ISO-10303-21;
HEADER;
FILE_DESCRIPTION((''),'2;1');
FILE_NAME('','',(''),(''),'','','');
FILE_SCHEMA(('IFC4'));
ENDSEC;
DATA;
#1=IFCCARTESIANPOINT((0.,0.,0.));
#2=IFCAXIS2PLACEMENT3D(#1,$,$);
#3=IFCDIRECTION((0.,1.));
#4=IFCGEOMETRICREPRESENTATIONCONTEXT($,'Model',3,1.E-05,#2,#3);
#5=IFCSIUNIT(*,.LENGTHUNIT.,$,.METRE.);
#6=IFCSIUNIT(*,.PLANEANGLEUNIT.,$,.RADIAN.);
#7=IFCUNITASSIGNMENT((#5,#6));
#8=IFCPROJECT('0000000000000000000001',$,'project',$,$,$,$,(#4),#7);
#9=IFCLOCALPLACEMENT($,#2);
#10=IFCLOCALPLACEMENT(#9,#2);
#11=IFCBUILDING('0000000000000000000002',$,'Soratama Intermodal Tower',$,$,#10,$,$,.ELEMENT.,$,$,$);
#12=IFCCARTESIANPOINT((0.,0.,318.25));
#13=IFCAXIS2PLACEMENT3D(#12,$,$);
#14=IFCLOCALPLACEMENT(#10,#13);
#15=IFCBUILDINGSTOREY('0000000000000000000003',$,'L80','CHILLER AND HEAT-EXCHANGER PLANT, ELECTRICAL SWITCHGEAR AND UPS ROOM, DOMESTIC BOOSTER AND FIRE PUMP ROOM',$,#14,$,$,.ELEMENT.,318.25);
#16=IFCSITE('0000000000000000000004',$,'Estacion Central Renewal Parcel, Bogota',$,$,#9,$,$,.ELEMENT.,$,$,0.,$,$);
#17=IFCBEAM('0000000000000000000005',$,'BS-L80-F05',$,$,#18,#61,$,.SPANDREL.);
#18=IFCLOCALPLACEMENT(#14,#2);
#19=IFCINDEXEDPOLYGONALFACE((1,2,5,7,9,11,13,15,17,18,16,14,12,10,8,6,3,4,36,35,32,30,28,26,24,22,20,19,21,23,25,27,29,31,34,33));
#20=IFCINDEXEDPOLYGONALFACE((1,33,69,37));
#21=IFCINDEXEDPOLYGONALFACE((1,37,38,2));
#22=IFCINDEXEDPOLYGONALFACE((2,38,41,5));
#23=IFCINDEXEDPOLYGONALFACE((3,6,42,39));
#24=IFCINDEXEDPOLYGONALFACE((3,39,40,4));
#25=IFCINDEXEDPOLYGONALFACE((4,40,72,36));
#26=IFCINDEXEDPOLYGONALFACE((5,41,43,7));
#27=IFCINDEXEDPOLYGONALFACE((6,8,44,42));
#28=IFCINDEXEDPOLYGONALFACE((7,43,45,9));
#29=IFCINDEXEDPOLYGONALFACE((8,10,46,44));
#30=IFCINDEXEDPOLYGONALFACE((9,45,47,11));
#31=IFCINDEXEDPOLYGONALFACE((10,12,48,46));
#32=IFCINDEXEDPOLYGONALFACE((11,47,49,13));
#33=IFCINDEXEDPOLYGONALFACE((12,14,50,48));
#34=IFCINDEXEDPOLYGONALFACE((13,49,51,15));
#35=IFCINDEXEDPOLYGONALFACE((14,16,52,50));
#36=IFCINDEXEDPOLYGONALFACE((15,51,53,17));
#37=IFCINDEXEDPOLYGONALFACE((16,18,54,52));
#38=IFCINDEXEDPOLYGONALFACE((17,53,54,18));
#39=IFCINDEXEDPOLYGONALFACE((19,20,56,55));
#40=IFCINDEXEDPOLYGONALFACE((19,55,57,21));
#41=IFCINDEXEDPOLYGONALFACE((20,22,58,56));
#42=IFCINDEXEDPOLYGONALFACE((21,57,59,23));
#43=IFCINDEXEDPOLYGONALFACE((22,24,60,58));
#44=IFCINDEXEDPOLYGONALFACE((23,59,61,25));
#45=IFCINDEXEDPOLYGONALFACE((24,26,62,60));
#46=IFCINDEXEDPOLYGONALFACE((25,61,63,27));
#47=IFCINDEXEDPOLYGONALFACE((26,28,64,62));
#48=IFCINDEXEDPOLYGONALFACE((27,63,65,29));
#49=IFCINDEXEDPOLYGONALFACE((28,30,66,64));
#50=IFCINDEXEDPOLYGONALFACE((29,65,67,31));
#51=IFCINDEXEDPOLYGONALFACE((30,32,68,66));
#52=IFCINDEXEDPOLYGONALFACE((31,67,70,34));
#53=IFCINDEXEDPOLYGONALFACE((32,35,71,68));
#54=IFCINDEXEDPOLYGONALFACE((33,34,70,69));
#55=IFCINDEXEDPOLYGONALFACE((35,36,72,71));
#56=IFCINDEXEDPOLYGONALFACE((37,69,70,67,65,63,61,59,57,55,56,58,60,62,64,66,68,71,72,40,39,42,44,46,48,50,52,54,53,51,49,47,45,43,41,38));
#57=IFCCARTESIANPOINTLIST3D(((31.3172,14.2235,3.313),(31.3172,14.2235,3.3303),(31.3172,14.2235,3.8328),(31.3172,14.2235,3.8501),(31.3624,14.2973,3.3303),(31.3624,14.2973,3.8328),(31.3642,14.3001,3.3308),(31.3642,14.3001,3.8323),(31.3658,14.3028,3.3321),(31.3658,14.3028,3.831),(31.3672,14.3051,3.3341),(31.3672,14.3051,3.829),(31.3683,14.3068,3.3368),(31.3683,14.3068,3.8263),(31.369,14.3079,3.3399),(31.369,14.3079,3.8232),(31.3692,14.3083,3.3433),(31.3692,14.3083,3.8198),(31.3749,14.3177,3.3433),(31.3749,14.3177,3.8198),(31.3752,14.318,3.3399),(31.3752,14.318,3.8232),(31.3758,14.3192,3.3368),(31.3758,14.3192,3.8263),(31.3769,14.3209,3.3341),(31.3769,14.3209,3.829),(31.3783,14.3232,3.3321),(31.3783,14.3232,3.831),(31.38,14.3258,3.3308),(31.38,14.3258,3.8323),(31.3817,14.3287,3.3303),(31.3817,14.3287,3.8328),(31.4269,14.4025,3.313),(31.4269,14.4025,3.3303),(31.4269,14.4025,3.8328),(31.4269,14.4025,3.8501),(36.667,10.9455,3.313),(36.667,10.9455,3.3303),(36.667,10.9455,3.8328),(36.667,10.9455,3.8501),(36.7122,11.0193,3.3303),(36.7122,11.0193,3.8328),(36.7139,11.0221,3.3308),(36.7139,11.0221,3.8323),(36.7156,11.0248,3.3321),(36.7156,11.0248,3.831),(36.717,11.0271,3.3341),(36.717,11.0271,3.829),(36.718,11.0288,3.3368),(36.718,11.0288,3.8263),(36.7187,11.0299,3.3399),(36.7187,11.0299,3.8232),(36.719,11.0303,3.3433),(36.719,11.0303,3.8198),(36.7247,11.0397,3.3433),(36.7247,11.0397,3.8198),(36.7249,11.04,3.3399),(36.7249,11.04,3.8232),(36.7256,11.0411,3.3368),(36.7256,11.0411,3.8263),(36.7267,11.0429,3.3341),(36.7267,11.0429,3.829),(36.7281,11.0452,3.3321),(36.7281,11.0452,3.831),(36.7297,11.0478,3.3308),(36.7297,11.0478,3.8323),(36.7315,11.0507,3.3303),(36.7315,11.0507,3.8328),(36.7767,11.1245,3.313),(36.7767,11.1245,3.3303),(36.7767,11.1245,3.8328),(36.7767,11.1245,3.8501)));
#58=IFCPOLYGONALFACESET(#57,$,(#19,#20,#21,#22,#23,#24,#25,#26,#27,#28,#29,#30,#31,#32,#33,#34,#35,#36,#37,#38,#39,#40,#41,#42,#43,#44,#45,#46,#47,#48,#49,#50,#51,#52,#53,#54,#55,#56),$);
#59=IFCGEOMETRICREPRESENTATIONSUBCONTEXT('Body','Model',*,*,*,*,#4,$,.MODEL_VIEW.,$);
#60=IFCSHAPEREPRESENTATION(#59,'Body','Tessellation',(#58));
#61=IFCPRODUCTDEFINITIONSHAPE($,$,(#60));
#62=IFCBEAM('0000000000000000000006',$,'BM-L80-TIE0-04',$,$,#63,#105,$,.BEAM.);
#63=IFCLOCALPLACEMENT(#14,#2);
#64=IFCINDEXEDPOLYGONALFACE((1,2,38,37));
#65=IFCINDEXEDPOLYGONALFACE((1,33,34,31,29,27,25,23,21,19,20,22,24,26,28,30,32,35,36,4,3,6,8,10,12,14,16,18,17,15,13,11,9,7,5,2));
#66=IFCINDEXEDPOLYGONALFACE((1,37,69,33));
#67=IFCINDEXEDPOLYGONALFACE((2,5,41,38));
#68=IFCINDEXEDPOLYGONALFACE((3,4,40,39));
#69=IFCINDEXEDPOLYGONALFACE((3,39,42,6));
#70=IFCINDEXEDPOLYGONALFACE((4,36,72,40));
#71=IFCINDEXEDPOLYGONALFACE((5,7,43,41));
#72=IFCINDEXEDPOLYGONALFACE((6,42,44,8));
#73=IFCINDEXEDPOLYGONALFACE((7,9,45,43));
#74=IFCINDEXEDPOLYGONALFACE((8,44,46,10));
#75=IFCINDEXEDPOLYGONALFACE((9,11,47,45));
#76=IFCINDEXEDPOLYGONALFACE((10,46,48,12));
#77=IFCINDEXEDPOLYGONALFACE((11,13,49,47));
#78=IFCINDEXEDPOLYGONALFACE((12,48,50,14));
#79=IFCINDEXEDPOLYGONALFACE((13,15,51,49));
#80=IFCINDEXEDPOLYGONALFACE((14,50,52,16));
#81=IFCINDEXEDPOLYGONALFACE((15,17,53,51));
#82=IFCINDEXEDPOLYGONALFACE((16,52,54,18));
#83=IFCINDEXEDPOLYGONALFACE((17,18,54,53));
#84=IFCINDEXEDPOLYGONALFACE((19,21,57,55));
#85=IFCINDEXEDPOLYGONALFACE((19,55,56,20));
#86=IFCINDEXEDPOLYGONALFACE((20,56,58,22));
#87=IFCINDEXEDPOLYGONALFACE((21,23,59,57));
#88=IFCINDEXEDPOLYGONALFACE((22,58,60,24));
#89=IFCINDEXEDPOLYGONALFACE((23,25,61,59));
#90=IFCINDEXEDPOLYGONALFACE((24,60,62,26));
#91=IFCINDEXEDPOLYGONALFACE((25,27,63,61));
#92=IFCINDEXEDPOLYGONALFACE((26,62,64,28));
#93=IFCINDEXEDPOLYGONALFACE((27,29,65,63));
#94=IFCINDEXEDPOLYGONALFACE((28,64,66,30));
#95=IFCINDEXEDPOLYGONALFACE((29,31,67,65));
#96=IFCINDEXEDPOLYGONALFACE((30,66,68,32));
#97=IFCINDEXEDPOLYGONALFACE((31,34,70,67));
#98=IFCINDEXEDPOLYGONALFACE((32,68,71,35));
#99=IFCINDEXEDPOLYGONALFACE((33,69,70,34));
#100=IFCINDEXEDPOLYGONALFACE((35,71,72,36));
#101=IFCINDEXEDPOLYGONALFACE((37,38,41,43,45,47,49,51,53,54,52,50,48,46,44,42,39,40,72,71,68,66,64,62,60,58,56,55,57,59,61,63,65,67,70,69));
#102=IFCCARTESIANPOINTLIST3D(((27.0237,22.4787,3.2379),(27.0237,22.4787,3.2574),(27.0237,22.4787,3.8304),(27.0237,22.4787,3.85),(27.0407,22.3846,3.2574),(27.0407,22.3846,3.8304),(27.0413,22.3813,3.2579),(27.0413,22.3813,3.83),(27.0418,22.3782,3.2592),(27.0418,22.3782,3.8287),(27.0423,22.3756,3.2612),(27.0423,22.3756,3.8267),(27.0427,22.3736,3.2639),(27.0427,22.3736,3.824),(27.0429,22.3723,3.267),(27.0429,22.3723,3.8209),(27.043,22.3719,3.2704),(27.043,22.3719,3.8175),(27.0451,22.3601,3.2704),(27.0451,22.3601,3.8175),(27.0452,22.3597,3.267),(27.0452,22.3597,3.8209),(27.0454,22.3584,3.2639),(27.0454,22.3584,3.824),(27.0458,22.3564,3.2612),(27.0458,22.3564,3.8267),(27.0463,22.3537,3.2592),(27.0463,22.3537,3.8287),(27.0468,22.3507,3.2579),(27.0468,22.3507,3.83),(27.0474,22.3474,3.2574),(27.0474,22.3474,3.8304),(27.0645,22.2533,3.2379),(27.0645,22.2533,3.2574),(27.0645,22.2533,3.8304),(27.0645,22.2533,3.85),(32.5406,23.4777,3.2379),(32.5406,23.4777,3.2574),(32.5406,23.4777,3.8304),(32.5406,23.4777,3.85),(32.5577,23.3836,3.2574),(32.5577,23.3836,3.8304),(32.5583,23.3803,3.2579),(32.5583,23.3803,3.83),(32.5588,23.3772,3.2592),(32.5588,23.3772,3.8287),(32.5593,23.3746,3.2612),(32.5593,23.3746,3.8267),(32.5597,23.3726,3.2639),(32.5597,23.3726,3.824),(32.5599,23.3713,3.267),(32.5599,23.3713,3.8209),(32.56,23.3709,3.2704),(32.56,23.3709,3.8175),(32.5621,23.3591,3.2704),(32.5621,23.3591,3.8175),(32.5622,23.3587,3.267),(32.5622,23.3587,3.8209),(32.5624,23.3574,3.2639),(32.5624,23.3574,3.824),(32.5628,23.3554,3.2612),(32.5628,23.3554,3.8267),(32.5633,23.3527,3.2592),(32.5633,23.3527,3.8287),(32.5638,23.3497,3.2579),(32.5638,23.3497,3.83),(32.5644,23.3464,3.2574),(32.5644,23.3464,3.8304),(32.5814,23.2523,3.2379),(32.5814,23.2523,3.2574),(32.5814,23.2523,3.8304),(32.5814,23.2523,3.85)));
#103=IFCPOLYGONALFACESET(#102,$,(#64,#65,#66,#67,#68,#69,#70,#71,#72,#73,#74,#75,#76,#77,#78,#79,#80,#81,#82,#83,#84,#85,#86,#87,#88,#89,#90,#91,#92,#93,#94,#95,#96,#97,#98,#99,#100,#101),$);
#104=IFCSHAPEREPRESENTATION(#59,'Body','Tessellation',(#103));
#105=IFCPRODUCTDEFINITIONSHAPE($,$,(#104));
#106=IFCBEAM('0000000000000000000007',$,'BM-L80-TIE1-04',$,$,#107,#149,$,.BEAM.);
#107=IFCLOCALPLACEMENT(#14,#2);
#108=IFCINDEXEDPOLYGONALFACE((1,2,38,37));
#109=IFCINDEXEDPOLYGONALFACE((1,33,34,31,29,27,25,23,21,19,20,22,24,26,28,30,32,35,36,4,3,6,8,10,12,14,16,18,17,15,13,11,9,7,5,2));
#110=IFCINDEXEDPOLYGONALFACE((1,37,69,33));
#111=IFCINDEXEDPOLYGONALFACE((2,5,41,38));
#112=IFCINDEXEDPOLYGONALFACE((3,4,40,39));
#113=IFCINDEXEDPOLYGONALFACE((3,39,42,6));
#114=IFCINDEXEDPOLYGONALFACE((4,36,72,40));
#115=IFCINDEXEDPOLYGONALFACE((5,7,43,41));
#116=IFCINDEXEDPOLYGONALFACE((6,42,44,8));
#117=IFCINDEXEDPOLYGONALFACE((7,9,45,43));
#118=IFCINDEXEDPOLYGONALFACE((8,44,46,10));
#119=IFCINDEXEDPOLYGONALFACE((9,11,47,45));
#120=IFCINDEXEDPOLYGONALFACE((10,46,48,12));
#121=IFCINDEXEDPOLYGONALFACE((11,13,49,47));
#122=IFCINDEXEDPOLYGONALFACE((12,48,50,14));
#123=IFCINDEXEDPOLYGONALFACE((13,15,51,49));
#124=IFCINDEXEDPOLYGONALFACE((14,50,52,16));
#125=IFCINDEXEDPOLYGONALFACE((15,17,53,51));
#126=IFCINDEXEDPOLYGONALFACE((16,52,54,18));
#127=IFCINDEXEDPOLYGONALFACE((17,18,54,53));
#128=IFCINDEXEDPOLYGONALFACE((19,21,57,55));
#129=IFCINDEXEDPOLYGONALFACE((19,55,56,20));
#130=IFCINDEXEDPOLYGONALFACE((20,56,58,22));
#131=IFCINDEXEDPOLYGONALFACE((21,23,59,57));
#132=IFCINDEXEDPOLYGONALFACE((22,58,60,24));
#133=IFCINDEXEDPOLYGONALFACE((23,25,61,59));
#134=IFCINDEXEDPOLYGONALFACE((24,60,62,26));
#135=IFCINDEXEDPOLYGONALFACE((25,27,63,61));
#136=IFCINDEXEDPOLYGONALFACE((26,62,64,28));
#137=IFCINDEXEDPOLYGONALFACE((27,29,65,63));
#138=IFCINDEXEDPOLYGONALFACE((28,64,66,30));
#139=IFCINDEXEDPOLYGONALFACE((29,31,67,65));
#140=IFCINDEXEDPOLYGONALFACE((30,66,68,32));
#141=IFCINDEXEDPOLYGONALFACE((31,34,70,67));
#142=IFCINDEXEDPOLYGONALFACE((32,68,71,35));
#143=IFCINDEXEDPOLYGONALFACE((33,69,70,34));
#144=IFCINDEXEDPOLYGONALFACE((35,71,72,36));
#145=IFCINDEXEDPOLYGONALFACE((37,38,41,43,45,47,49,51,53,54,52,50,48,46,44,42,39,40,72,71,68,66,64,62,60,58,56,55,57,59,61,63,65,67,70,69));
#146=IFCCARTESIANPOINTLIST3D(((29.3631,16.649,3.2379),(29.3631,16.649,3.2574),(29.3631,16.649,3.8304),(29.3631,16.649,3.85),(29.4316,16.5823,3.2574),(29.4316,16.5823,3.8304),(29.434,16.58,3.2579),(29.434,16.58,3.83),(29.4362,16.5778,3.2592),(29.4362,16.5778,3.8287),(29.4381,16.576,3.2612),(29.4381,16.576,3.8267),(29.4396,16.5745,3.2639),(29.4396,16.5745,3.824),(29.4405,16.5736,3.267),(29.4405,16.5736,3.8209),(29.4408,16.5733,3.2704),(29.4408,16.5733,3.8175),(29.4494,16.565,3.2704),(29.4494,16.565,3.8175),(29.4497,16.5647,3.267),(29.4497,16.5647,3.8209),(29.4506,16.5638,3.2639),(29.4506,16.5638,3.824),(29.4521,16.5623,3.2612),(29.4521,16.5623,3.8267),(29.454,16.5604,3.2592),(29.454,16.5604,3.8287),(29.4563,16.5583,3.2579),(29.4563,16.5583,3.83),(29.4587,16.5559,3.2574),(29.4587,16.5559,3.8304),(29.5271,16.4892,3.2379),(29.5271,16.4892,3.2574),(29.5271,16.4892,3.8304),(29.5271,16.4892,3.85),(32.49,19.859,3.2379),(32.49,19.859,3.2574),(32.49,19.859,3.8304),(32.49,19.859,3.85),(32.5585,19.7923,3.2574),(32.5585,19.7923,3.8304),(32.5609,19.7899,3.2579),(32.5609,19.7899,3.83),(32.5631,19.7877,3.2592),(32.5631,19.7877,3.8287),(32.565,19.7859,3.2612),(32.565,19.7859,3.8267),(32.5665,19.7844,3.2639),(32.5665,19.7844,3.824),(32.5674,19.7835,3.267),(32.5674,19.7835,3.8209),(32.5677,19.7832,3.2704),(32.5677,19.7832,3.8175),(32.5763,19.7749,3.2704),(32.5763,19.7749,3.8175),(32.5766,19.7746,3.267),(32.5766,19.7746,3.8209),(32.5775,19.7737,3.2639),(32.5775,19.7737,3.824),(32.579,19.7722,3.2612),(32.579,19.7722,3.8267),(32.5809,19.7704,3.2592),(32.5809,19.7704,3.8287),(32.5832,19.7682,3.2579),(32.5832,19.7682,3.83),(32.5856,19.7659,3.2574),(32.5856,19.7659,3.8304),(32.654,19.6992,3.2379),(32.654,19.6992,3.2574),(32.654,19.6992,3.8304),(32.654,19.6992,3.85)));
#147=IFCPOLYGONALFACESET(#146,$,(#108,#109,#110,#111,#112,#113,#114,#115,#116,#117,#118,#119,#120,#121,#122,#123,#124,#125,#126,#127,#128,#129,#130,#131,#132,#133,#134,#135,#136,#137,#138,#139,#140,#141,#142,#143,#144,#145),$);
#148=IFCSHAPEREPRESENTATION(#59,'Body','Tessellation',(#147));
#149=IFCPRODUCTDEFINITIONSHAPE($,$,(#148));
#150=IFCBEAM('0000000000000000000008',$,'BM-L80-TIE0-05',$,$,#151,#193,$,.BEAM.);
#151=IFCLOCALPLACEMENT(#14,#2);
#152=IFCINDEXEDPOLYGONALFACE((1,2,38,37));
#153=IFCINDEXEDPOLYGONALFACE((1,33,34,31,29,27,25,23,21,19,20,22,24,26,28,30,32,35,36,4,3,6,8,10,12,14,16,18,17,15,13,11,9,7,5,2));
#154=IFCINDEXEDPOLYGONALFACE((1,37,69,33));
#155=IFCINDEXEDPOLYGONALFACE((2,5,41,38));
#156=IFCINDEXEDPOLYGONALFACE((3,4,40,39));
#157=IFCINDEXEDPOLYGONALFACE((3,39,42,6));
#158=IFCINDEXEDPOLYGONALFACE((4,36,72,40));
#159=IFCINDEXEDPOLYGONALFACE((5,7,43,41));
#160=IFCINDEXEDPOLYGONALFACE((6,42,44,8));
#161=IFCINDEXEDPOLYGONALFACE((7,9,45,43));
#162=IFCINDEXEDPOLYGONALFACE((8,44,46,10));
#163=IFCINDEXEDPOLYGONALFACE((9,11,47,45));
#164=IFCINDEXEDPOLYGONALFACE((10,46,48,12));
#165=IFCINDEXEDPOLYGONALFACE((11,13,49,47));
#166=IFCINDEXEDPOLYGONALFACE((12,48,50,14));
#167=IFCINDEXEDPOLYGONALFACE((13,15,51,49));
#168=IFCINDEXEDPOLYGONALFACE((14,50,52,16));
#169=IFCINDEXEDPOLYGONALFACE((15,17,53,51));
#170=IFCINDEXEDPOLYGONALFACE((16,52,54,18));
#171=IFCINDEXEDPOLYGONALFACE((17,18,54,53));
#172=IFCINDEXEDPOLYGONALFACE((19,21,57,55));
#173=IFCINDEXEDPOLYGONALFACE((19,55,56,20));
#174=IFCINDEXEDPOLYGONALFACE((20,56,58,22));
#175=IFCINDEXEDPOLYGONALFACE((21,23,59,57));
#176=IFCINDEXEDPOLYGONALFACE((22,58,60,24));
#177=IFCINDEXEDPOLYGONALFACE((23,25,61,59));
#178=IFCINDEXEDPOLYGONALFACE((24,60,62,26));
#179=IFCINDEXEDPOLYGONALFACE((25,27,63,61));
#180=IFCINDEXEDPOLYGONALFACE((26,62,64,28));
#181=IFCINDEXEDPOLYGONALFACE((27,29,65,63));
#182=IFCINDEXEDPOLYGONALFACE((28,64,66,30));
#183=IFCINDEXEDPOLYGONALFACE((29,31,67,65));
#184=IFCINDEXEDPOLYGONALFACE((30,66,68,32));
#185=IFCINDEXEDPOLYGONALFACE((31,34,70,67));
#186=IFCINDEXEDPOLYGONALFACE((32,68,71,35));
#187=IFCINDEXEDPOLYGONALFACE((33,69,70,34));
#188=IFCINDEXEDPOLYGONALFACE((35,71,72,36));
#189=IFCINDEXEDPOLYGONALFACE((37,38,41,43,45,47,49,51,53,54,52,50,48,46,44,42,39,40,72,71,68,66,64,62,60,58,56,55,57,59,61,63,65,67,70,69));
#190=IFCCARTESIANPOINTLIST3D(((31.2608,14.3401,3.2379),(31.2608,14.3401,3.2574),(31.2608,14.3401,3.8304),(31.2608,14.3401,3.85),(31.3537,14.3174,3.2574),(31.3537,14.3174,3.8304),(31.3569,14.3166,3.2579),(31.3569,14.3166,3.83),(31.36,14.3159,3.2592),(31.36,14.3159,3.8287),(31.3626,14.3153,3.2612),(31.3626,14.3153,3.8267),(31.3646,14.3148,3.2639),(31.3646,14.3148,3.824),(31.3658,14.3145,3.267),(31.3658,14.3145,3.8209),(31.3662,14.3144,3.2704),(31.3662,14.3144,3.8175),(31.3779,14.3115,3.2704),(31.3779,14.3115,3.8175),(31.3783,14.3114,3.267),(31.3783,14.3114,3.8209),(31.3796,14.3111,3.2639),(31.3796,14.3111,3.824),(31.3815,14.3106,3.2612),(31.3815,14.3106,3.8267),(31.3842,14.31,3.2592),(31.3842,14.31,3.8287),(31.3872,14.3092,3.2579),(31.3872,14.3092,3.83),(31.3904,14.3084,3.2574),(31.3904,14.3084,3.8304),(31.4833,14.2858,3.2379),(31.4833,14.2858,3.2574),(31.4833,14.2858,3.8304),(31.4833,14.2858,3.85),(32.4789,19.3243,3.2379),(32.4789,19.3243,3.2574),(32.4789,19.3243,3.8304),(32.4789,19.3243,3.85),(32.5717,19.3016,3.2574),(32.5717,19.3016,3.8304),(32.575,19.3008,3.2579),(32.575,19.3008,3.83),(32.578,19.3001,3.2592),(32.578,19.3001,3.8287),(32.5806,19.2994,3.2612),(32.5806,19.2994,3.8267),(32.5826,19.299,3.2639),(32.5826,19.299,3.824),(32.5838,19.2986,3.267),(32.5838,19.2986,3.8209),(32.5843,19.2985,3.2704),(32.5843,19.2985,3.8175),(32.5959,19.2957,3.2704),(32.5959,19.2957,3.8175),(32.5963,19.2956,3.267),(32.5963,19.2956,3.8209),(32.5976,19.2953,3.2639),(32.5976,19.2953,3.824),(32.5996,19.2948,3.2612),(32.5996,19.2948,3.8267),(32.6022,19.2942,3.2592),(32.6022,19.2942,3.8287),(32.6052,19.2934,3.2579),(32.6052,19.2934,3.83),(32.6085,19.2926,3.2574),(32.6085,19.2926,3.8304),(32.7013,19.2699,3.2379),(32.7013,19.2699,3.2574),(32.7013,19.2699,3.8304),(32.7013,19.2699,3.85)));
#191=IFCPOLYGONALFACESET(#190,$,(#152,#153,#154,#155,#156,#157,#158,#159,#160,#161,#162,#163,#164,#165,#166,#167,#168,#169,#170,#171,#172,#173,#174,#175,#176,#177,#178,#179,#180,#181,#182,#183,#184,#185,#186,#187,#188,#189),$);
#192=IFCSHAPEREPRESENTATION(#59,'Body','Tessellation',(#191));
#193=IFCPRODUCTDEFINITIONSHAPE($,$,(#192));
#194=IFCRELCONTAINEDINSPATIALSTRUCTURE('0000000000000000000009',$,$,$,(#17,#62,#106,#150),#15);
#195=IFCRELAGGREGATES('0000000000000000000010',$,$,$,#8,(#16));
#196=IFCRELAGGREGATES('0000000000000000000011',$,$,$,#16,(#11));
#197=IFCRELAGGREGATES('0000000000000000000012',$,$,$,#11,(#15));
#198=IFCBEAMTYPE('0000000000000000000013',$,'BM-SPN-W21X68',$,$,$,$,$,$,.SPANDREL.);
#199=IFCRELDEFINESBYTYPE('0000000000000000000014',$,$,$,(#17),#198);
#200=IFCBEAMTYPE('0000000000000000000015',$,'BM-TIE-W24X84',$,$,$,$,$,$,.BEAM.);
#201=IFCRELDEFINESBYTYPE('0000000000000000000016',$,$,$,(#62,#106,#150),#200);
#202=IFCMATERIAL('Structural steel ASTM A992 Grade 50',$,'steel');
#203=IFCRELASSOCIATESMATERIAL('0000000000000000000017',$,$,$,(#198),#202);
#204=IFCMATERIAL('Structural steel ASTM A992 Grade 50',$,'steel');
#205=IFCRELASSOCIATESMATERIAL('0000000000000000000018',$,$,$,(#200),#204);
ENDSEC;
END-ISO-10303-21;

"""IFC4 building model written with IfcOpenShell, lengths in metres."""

from ifc_helpers import new_model, si_unit, direction, frame, origin, origin_2d, place, context, subcontext, project, spatial, i_section, extrude, material, material_profile, profile_set, type_object, element, save


model = new_model("IFC4")

# Units and contexts
model_context = context("Model", 3, precision=1e-05, world=origin(), true_north=direction((0.0, 1.0)))
body_context = subcontext(model_context, "Body", "Model", "MODEL_VIEW")
ifc_project = project(units=[si_unit("LENGTHUNIT", "METRE"), si_unit("PLANEANGLEUNIT", "RADIAN")], contexts=[model_context])

# Site, building, storey
site_placement = place(None, origin())
site = spatial("IfcSite", under=ifc_project, at=site_placement, Name="Estacion Central Renewal Parcel, Bogota", CompositionType="ELEMENT", RefElevation=0.0)
building_placement = place(site_placement, origin())
building = spatial("IfcBuilding", under=site, at=building_placement, Name="Soratama Intermodal Tower", CompositionType="ELEMENT")
storey_placement = place(building_placement, frame((0.0, 0.0, 318.25)))
storey = spatial("IfcBuildingStorey", under=building, at=storey_placement, Name="L80", Description="CHILLER AND HEAT-EXCHANGER PLANT, ELECTRICAL SWITCHGEAR AND UPS ROOM, DOMESTIC BOOSTER AND FIRE PUMP ROOM", CompositionType="ELEMENT", Elevation=318.25)

# Beams
ifc_material_1 = material(Name="Structural steel ASTM A992 Grade 50", Category="steel")
ifc_material_profile_1 = material_profile(ifc_material_1, i_section(OverallWidth=0.21, OverallDepth=0.5371, WebThickness=0.011, FlangeThickness=0.0173, FilletRadius=0.0129, at=origin_2d()), Name="W21X68")
ifc_profile_set_1 = profile_set([ifc_material_profile_1], Name="Structural steel ASTM A992 Grade 50")
beam_type_1 = type_object("IfcBeamType", Name="BM-SPN-W21X68", PredefinedType="SPANDREL", material=ifc_profile_set_1)
beam_1_placement = place(storey_placement, frame((31.3721, 14.313, 3.5815), z_axis=(0.852663, -0.522462, 0.0), x_axis=(0.522462, 0.852663, 0.0)))
element("IfcBeam", 1, at=beam_1_placement, inside=storey, type_object=beam_type_1, Name="BS-L80-F05", PredefinedType="SPANDREL", context=body_context, shape_type="SweptSolid", body=[
    extrude(i_section(OverallWidth=0.21, OverallDepth=0.5371, WebThickness=0.011, FlangeThickness=0.0173, FilletRadius=0.0129, at=origin_2d()), origin(), (0.0, 0.0, 1.0), 6.2742),
])
ifc_material_2 = material(Name="Structural steel ASTM A992 Grade 50", Category="steel")
ifc_material_profile_2 = material_profile(ifc_material_2, i_section(OverallWidth=0.229, OverallDepth=0.6121, WebThickness=0.012, FlangeThickness=0.0195, FilletRadius=0.0129, at=origin_2d()), Name="W24X84")
ifc_profile_set_2 = profile_set([ifc_material_profile_2], Name="Structural steel ASTM A992 Grade 50")
beam_type_2 = type_object("IfcBeamType", Name="BM-TIE-W24X84", PredefinedType="BEAM", material=ifc_profile_set_2)
beam_2_placement = place(storey_placement, frame((32.561, 23.365, 3.5439), z_axis=(-0.983998, -0.17818, 0.0), x_axis=(0.17818, -0.983998, 0.0)))
element("IfcBeam", 2, at=beam_2_placement, inside=storey, type_object=beam_type_2, Name="BM-L80-TIE0-04", PredefinedType="BEAM", context=body_context, shape_type="SweptSolid", body=[
    extrude(i_section(OverallWidth=0.229, OverallDepth=0.6121, WebThickness=0.012, FlangeThickness=0.0195, FilletRadius=0.0129, at=origin_2d()), origin(), (0.0, 0.0, 1.0), 5.6067),
])
beam_3_placement = place(storey_placement, frame((32.572, 19.7791, 3.5439), z_axis=(-0.697784, -0.716308, 0.0), x_axis=(0.716308, -0.697784, 0.0)))
element("IfcBeam", 3, at=beam_3_placement, inside=storey, type_object=beam_type_2, Name="BM-L80-TIE1-04", PredefinedType="BEAM", context=body_context, shape_type="SweptSolid", body=[
    extrude(i_section(OverallWidth=0.229, OverallDepth=0.6121, WebThickness=0.012, FlangeThickness=0.0195, FilletRadius=0.0129, at=origin_2d()), origin(), (0.0, 0.0, 1.0), 4.4812),
])
beam_4_placement = place(storey_placement, frame((32.5901, 19.2971, 3.5439), z_axis=(-0.237393, -0.971414, 0.0), x_axis=(0.971414, -0.237393, 0.0)))
element("IfcBeam", 4, at=beam_4_placement, inside=storey, type_object=beam_type_2, Name="BM-L80-TIE0-05", PredefinedType="BEAM", context=body_context, shape_type="SweptSolid", body=[
    extrude(i_section(OverallWidth=0.229, OverallDepth=0.6121, WebThickness=0.012, FlangeThickness=0.0195, FilletRadius=0.0129, at=origin_2d()), origin(), (0.0, 0.0, 1.0), 5.1309),
])

save(model, "model.ifc")
